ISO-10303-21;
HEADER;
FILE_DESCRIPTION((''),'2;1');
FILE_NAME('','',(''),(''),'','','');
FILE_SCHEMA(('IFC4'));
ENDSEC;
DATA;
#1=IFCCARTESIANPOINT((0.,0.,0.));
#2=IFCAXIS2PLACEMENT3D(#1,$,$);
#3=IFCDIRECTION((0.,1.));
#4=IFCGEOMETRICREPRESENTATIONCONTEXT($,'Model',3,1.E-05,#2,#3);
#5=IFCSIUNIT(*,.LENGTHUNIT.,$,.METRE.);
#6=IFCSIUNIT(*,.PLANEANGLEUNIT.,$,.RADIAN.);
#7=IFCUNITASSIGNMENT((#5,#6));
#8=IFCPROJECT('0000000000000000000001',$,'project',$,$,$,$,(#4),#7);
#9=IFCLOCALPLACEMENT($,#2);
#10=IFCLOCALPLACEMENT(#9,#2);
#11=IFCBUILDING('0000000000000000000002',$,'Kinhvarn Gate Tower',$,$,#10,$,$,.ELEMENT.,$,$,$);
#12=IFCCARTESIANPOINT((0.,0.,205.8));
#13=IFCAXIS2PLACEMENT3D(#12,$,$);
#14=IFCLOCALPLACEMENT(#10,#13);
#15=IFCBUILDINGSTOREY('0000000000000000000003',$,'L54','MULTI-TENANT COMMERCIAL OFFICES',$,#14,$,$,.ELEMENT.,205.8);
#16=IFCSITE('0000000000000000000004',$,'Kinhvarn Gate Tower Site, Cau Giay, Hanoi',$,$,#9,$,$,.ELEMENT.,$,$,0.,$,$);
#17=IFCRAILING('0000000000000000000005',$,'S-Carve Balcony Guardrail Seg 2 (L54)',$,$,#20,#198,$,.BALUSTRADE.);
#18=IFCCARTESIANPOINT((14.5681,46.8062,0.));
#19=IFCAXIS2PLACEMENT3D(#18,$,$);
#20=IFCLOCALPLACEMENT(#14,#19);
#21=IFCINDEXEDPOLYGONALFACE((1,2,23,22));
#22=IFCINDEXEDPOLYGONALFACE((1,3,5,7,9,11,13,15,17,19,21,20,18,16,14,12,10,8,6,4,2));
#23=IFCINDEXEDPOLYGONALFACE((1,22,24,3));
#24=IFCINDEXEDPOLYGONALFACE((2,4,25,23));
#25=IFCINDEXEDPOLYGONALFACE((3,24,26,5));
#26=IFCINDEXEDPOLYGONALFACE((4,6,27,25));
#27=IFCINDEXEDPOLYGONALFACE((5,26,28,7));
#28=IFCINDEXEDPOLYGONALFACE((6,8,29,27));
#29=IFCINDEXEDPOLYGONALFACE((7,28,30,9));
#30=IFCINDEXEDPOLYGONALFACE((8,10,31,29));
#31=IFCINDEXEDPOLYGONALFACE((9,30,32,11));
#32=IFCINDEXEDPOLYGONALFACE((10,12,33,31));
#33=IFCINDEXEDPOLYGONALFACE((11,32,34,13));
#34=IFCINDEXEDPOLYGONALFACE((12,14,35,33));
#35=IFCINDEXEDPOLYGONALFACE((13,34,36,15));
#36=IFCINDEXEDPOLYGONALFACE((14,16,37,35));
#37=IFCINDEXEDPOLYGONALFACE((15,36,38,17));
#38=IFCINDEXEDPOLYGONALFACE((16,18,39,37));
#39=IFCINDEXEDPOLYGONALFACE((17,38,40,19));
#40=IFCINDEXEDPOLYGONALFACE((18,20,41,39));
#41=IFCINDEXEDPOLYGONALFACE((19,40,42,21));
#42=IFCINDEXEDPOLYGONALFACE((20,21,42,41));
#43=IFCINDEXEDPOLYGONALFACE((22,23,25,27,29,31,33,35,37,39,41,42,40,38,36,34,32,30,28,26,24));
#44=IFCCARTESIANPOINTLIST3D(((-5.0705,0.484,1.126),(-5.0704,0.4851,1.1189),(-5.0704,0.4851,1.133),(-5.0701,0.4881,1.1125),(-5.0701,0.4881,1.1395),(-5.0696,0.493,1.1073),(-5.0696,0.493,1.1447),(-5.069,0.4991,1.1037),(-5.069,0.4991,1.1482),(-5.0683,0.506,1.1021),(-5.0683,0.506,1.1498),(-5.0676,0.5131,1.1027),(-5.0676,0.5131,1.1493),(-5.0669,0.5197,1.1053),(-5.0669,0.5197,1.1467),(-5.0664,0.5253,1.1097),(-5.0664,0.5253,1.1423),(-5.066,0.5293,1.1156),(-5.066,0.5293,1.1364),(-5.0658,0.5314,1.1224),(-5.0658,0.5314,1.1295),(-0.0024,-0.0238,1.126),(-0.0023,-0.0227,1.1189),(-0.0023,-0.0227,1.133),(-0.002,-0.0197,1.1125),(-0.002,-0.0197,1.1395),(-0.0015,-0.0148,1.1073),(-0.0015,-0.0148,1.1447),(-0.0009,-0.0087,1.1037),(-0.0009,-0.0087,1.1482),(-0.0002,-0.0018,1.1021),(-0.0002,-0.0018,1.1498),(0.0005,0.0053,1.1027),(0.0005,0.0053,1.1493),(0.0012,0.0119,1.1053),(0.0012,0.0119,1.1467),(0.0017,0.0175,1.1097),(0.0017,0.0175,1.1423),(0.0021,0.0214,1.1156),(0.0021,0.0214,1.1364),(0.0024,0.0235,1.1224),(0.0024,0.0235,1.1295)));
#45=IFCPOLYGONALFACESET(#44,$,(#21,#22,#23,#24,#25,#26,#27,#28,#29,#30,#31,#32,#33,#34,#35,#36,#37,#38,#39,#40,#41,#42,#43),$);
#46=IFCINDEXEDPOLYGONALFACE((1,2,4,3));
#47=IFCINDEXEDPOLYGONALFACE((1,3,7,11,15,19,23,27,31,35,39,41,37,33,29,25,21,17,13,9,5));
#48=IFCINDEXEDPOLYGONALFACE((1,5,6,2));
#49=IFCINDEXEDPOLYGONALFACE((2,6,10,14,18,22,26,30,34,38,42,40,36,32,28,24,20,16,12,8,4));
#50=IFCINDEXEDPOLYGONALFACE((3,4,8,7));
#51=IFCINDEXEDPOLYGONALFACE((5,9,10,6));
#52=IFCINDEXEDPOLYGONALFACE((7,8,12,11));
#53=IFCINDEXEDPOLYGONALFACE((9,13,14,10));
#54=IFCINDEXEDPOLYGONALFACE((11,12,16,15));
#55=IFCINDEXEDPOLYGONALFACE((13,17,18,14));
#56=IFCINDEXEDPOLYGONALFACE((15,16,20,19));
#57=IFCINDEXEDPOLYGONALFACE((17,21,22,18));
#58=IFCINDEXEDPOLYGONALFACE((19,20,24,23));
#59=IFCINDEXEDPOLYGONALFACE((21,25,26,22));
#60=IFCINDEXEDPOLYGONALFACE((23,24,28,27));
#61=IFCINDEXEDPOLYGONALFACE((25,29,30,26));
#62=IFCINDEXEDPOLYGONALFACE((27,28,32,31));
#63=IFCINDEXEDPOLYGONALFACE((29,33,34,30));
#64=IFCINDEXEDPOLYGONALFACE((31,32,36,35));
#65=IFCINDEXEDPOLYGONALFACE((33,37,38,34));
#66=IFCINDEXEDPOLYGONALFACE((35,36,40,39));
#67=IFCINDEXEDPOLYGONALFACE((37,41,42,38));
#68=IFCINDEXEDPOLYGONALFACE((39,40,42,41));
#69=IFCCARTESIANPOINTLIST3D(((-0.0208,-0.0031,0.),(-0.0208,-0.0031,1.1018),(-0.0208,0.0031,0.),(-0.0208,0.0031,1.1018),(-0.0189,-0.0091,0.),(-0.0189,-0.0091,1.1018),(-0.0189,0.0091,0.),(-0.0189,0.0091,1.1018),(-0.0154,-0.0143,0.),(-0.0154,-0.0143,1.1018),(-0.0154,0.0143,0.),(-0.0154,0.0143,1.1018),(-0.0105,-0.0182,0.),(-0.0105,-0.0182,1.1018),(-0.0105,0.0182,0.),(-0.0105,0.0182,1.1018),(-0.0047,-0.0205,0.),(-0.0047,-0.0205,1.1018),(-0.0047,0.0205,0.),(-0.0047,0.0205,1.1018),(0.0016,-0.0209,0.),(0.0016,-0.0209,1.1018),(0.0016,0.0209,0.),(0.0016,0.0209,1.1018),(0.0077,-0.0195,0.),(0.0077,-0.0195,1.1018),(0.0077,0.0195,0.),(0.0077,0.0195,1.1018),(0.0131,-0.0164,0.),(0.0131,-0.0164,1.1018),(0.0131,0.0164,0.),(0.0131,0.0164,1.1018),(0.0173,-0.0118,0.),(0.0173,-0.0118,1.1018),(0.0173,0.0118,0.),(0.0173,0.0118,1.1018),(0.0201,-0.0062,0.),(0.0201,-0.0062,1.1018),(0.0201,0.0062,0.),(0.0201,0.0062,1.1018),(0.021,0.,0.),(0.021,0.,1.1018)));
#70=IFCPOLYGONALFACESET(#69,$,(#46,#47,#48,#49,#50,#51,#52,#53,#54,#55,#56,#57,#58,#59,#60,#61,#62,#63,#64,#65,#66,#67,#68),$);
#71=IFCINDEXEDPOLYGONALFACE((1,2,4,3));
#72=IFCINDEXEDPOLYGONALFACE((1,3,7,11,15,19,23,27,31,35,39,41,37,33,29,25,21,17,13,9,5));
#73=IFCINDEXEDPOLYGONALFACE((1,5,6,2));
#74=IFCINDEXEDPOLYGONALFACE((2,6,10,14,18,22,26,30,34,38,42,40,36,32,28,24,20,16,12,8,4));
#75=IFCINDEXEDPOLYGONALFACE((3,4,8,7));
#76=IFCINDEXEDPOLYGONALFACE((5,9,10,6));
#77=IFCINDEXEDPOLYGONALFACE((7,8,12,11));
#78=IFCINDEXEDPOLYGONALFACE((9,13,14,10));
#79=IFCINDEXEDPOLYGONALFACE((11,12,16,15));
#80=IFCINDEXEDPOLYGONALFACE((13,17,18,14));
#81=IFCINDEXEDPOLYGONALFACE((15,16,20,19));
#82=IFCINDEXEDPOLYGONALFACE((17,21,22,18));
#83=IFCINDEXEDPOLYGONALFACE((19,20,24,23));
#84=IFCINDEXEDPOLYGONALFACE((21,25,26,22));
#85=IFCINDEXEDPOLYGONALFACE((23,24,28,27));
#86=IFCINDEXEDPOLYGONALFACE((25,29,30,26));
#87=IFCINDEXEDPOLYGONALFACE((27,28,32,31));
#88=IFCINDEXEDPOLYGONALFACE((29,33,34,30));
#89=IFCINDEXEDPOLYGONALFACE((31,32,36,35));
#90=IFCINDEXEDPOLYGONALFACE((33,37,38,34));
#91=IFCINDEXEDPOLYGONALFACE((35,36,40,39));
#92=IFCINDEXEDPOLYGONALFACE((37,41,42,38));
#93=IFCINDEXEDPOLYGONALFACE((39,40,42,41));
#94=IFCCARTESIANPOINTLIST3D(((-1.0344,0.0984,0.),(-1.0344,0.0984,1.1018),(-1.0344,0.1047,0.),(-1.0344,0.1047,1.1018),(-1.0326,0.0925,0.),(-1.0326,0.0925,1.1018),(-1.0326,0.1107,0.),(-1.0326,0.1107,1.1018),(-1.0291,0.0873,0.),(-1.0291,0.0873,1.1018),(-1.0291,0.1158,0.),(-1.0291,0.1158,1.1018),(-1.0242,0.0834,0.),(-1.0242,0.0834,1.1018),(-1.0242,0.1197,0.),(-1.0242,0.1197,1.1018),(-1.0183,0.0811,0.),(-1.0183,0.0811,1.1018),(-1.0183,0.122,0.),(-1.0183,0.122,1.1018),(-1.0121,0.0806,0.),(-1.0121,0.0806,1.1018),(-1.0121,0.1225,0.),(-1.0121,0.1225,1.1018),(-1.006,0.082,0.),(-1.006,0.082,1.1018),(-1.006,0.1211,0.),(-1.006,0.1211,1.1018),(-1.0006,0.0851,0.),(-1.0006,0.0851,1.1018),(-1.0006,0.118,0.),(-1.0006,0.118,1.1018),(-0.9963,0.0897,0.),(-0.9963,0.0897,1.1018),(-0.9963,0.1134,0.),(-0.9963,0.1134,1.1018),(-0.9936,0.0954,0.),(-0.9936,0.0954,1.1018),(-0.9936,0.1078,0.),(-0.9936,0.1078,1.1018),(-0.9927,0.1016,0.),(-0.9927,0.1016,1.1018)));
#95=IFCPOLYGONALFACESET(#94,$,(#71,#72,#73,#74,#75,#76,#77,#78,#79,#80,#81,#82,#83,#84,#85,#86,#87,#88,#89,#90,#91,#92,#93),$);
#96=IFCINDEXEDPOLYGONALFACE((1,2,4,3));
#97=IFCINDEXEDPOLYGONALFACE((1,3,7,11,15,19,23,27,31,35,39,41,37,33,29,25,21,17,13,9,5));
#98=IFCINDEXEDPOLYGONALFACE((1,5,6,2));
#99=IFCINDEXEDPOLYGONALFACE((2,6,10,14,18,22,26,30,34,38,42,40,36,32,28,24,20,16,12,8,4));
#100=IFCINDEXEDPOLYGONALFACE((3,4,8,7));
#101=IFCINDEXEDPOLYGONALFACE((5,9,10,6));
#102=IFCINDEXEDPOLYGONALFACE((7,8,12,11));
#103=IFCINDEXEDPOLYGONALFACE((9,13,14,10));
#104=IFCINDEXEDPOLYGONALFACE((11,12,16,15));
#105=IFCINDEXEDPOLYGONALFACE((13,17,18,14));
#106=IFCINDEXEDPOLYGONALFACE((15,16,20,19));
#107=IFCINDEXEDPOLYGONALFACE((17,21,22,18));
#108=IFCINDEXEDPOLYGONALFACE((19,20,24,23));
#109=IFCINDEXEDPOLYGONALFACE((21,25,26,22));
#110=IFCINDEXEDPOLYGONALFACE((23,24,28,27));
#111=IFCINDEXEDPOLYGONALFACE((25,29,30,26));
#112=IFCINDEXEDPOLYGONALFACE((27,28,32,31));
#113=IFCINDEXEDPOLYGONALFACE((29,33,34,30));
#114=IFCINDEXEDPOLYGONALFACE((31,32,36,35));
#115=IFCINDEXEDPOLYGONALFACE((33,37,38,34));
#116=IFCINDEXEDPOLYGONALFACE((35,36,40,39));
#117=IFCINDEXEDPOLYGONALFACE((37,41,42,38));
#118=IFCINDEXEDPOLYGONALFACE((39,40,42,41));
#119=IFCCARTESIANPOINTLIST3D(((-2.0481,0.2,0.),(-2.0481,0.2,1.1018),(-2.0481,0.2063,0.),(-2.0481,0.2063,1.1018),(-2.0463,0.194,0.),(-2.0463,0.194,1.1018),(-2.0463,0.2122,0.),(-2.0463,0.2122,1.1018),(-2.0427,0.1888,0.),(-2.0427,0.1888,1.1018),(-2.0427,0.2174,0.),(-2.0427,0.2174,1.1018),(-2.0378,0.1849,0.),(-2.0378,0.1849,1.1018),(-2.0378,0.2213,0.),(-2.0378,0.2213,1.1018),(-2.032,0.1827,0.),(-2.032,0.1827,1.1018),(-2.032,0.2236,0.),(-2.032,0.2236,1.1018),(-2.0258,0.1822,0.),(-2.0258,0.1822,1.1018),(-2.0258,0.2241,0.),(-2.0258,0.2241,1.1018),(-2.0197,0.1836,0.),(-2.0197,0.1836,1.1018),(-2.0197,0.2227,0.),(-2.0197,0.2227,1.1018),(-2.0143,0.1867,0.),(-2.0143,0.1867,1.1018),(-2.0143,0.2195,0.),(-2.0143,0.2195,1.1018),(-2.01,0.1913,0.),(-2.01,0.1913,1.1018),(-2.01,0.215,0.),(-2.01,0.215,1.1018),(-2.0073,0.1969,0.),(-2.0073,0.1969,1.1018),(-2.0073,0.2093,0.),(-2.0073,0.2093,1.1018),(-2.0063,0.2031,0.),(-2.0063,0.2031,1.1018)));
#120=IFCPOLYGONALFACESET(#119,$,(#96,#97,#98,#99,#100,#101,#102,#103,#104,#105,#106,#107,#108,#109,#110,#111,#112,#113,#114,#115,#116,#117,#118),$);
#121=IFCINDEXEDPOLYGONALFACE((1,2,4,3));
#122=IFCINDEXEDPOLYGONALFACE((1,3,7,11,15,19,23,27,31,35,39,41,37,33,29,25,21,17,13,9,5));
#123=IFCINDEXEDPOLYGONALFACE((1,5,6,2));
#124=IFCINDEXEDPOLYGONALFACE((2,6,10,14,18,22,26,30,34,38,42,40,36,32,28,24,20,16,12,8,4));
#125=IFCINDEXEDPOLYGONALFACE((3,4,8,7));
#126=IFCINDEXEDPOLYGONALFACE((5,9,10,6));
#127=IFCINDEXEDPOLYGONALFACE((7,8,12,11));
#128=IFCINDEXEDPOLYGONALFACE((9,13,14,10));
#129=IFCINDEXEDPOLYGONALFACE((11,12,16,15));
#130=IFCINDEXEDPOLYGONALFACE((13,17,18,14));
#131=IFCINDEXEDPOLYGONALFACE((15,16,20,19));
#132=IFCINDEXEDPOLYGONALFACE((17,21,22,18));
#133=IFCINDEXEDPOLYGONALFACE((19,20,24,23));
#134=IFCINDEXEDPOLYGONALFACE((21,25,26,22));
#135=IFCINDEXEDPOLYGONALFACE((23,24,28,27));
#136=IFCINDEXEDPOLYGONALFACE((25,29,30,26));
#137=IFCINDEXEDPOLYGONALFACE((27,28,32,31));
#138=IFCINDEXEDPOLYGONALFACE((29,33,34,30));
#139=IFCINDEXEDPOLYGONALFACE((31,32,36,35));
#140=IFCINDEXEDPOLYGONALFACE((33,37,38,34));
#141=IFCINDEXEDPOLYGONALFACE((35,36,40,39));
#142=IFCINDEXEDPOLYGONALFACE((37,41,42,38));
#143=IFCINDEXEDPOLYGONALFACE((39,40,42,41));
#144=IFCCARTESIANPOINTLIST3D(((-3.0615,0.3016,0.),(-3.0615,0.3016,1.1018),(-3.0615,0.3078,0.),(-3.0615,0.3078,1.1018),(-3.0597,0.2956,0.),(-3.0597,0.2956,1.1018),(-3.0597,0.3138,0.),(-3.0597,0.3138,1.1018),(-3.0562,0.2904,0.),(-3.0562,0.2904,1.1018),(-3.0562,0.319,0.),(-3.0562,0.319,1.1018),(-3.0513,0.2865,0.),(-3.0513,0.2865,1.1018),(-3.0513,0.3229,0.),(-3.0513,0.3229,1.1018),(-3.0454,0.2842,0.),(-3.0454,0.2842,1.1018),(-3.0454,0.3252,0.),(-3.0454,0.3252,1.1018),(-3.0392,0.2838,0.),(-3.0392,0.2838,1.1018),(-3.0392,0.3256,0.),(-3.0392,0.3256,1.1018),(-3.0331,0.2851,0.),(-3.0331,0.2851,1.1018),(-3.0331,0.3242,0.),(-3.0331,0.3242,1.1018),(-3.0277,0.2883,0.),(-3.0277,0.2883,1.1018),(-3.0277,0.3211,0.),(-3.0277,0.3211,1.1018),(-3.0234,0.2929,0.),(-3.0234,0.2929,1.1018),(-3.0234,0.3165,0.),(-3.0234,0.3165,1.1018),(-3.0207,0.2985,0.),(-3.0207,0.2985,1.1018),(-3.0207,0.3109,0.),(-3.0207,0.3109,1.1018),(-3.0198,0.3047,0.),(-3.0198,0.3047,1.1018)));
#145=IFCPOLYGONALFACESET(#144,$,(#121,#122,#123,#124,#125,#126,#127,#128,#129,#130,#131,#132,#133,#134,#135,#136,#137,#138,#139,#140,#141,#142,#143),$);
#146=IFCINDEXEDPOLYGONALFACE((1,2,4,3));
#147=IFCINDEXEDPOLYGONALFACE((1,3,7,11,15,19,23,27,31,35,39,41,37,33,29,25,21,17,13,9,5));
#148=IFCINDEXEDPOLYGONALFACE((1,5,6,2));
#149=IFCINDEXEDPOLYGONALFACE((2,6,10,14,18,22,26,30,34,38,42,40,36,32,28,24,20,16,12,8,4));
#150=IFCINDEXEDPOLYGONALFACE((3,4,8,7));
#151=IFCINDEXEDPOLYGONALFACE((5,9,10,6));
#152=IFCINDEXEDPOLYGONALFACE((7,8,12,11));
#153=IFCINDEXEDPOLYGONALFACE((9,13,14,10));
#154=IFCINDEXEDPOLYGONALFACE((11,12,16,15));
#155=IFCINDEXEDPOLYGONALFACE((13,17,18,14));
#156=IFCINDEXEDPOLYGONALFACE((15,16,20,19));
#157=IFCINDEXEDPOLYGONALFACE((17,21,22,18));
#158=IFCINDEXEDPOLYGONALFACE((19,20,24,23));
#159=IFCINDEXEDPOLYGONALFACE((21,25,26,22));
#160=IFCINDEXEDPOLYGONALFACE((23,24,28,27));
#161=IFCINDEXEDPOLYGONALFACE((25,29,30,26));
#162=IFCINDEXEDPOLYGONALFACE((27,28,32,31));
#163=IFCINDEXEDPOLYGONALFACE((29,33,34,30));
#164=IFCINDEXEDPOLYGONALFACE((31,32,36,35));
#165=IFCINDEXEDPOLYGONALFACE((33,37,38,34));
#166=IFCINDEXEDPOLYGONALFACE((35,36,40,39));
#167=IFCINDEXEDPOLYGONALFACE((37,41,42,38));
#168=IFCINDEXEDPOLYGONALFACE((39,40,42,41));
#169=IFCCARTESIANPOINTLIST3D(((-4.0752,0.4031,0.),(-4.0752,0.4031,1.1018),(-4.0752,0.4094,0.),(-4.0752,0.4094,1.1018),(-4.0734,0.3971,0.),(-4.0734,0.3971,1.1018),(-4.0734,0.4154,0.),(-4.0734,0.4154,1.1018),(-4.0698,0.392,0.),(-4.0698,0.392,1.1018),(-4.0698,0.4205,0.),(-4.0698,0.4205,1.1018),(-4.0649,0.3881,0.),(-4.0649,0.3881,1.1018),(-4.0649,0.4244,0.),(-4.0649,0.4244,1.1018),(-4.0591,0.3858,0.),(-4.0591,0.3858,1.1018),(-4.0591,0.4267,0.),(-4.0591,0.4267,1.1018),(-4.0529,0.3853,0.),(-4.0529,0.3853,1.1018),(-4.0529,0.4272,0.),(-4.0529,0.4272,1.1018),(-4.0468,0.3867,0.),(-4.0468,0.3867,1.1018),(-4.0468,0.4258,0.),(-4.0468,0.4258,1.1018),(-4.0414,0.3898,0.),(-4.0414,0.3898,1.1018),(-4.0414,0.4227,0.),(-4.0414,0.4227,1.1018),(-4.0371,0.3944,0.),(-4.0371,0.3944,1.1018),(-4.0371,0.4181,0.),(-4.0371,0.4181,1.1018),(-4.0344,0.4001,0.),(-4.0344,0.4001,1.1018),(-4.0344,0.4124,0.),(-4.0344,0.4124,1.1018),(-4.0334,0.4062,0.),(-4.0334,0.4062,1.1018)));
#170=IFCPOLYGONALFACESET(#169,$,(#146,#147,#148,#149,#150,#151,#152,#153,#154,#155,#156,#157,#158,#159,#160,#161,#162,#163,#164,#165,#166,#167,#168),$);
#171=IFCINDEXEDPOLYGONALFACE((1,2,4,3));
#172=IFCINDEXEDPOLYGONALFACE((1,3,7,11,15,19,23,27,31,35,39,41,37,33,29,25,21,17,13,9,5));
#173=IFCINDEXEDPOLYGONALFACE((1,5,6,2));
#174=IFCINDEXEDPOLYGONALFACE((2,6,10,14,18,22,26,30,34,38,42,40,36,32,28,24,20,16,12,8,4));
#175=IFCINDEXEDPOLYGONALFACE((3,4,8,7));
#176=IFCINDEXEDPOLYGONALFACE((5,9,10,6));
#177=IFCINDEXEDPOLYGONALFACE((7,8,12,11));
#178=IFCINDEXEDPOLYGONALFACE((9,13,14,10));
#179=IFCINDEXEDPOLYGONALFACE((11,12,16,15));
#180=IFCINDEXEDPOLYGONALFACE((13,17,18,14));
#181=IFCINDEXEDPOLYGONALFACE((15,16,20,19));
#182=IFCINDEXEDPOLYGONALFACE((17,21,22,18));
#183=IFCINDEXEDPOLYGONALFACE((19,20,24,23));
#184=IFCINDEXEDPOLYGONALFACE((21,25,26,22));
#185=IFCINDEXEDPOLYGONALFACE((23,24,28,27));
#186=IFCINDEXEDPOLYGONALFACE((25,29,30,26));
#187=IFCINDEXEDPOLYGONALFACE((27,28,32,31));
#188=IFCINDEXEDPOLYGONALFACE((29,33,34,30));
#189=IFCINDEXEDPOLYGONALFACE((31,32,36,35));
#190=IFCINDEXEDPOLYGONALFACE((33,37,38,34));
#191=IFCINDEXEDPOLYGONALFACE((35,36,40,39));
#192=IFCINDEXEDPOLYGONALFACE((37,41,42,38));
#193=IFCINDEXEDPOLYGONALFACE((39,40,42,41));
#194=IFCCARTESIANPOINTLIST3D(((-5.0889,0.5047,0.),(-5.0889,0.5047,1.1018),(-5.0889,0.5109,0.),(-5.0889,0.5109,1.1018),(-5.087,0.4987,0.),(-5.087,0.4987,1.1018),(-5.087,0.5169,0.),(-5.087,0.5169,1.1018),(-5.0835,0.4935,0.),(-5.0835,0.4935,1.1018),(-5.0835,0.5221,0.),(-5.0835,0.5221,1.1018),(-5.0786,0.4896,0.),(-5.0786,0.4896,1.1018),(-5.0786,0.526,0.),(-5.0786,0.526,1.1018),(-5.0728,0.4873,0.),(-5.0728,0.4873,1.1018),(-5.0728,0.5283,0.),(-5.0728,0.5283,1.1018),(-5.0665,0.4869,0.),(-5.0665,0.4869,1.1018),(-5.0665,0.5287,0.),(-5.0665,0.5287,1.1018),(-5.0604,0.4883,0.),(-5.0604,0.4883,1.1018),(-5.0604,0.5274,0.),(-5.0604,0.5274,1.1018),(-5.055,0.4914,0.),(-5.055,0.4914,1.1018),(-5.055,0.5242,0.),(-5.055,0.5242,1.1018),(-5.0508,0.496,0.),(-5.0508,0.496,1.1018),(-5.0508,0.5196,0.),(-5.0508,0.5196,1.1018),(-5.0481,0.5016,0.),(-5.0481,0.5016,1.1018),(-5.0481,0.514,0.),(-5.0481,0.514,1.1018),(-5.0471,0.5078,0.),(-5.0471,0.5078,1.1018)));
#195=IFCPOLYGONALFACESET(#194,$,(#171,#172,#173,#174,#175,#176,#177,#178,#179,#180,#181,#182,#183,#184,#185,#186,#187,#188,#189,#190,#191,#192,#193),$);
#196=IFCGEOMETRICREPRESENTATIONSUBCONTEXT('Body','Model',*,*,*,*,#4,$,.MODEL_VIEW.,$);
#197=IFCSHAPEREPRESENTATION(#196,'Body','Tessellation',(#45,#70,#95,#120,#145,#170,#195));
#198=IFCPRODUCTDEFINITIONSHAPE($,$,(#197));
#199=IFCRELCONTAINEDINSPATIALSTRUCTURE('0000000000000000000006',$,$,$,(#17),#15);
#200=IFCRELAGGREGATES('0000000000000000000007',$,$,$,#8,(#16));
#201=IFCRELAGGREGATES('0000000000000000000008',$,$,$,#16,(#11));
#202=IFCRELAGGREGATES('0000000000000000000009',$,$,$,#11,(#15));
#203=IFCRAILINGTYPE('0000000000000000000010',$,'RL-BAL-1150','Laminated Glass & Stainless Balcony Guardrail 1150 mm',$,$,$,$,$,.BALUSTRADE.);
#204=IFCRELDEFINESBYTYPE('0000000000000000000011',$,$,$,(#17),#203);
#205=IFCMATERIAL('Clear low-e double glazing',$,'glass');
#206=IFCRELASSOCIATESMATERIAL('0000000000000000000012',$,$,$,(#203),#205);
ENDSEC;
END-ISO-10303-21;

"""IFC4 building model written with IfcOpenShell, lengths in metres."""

from ifc_helpers import new_model, si_unit, direction, frame, origin, origin_2d, place, context, subcontext, project, spatial, circle, extrude, material, type_object, element, save


model = new_model("IFC4")

# Units and contexts
model_context = context("Model", 3, precision=1e-05, world=origin(), true_north=direction((0.0, 1.0)))
body_context = subcontext(model_context, "Body", "Model", "MODEL_VIEW")
ifc_project = project(units=[si_unit("LENGTHUNIT", "METRE"), si_unit("PLANEANGLEUNIT", "RADIAN")], contexts=[model_context])

# Site, building, storey
site_placement = place(None, origin())
site = spatial("IfcSite", under=ifc_project, at=site_placement, Name="Kinhvarn Gate Tower Site, Cau Giay, Hanoi", CompositionType="ELEMENT", RefElevation=0.0)
building_placement = place(site_placement, origin())
building = spatial("IfcBuilding", under=site, at=building_placement, Name="Kinhvarn Gate Tower", CompositionType="ELEMENT")
storey_placement = place(building_placement, frame((0.0, 0.0, 205.8)))
storey = spatial("IfcBuildingStorey", under=building, at=storey_placement, Name="L54", Description="MULTI-TENANT COMMERCIAL OFFICES", CompositionType="ELEMENT", Elevation=205.8)

# Shared definitions
ifc_material_1 = material(Name="Clear low-e double glazing", Category="glass")

# Railing
railing_type_1 = type_object("IfcRailingType", Name="RL-BAL-1150", Description="Laminated Glass & Stainless Balcony Guardrail 1150 mm", PredefinedType="BALUSTRADE", material=ifc_material_1)
railing_1_placement = place(storey_placement, frame((14.5681, 46.8062, 0.0)))
element("IfcRailing", 1, at=railing_1_placement, inside=storey, type_object=railing_type_1, Name="S-Carve Balcony Guardrail Seg 2 (L54)", PredefinedType="BALUSTRADE", context=body_context, shape_type="SweptSolid", body=[
    extrude(circle(Radius=0.0239, at=origin_2d()), frame((0.0, 0.0, 1.126), z_axis=(-0.995018, 0.099698, 0.0), x_axis=(-0.099698, -0.995018, 0.0)), (0.0, 0.0, 1.0), 5.0935),
    extrude(circle(Radius=0.021, at=origin_2d()), origin(), (0.0, 0.0, 1.0), 1.1018),
    extrude(circle(Radius=0.021, at=origin_2d()), frame((-1.0137, 0.1016, 0.0)), (0.0, 0.0, 1.0), 1.1018),
    extrude(circle(Radius=0.021, at=origin_2d()), frame((-2.0273, 0.2031, 0.0)), (0.0, 0.0, 1.0), 1.1018),
    extrude(circle(Radius=0.021, at=origin_2d()), frame((-3.0408, 0.3047, 0.0)), (0.0, 0.0, 1.0), 1.1018),
    extrude(circle(Radius=0.021, at=origin_2d()), frame((-4.0544, 0.4062, 0.0)), (0.0, 0.0, 1.0), 1.1018),
    extrude(circle(Radius=0.021, at=origin_2d()), frame((-5.0681, 0.5078, 0.0)), (0.0, 0.0, 1.0), 1.1018),
])

save(model, "model.ifc")
